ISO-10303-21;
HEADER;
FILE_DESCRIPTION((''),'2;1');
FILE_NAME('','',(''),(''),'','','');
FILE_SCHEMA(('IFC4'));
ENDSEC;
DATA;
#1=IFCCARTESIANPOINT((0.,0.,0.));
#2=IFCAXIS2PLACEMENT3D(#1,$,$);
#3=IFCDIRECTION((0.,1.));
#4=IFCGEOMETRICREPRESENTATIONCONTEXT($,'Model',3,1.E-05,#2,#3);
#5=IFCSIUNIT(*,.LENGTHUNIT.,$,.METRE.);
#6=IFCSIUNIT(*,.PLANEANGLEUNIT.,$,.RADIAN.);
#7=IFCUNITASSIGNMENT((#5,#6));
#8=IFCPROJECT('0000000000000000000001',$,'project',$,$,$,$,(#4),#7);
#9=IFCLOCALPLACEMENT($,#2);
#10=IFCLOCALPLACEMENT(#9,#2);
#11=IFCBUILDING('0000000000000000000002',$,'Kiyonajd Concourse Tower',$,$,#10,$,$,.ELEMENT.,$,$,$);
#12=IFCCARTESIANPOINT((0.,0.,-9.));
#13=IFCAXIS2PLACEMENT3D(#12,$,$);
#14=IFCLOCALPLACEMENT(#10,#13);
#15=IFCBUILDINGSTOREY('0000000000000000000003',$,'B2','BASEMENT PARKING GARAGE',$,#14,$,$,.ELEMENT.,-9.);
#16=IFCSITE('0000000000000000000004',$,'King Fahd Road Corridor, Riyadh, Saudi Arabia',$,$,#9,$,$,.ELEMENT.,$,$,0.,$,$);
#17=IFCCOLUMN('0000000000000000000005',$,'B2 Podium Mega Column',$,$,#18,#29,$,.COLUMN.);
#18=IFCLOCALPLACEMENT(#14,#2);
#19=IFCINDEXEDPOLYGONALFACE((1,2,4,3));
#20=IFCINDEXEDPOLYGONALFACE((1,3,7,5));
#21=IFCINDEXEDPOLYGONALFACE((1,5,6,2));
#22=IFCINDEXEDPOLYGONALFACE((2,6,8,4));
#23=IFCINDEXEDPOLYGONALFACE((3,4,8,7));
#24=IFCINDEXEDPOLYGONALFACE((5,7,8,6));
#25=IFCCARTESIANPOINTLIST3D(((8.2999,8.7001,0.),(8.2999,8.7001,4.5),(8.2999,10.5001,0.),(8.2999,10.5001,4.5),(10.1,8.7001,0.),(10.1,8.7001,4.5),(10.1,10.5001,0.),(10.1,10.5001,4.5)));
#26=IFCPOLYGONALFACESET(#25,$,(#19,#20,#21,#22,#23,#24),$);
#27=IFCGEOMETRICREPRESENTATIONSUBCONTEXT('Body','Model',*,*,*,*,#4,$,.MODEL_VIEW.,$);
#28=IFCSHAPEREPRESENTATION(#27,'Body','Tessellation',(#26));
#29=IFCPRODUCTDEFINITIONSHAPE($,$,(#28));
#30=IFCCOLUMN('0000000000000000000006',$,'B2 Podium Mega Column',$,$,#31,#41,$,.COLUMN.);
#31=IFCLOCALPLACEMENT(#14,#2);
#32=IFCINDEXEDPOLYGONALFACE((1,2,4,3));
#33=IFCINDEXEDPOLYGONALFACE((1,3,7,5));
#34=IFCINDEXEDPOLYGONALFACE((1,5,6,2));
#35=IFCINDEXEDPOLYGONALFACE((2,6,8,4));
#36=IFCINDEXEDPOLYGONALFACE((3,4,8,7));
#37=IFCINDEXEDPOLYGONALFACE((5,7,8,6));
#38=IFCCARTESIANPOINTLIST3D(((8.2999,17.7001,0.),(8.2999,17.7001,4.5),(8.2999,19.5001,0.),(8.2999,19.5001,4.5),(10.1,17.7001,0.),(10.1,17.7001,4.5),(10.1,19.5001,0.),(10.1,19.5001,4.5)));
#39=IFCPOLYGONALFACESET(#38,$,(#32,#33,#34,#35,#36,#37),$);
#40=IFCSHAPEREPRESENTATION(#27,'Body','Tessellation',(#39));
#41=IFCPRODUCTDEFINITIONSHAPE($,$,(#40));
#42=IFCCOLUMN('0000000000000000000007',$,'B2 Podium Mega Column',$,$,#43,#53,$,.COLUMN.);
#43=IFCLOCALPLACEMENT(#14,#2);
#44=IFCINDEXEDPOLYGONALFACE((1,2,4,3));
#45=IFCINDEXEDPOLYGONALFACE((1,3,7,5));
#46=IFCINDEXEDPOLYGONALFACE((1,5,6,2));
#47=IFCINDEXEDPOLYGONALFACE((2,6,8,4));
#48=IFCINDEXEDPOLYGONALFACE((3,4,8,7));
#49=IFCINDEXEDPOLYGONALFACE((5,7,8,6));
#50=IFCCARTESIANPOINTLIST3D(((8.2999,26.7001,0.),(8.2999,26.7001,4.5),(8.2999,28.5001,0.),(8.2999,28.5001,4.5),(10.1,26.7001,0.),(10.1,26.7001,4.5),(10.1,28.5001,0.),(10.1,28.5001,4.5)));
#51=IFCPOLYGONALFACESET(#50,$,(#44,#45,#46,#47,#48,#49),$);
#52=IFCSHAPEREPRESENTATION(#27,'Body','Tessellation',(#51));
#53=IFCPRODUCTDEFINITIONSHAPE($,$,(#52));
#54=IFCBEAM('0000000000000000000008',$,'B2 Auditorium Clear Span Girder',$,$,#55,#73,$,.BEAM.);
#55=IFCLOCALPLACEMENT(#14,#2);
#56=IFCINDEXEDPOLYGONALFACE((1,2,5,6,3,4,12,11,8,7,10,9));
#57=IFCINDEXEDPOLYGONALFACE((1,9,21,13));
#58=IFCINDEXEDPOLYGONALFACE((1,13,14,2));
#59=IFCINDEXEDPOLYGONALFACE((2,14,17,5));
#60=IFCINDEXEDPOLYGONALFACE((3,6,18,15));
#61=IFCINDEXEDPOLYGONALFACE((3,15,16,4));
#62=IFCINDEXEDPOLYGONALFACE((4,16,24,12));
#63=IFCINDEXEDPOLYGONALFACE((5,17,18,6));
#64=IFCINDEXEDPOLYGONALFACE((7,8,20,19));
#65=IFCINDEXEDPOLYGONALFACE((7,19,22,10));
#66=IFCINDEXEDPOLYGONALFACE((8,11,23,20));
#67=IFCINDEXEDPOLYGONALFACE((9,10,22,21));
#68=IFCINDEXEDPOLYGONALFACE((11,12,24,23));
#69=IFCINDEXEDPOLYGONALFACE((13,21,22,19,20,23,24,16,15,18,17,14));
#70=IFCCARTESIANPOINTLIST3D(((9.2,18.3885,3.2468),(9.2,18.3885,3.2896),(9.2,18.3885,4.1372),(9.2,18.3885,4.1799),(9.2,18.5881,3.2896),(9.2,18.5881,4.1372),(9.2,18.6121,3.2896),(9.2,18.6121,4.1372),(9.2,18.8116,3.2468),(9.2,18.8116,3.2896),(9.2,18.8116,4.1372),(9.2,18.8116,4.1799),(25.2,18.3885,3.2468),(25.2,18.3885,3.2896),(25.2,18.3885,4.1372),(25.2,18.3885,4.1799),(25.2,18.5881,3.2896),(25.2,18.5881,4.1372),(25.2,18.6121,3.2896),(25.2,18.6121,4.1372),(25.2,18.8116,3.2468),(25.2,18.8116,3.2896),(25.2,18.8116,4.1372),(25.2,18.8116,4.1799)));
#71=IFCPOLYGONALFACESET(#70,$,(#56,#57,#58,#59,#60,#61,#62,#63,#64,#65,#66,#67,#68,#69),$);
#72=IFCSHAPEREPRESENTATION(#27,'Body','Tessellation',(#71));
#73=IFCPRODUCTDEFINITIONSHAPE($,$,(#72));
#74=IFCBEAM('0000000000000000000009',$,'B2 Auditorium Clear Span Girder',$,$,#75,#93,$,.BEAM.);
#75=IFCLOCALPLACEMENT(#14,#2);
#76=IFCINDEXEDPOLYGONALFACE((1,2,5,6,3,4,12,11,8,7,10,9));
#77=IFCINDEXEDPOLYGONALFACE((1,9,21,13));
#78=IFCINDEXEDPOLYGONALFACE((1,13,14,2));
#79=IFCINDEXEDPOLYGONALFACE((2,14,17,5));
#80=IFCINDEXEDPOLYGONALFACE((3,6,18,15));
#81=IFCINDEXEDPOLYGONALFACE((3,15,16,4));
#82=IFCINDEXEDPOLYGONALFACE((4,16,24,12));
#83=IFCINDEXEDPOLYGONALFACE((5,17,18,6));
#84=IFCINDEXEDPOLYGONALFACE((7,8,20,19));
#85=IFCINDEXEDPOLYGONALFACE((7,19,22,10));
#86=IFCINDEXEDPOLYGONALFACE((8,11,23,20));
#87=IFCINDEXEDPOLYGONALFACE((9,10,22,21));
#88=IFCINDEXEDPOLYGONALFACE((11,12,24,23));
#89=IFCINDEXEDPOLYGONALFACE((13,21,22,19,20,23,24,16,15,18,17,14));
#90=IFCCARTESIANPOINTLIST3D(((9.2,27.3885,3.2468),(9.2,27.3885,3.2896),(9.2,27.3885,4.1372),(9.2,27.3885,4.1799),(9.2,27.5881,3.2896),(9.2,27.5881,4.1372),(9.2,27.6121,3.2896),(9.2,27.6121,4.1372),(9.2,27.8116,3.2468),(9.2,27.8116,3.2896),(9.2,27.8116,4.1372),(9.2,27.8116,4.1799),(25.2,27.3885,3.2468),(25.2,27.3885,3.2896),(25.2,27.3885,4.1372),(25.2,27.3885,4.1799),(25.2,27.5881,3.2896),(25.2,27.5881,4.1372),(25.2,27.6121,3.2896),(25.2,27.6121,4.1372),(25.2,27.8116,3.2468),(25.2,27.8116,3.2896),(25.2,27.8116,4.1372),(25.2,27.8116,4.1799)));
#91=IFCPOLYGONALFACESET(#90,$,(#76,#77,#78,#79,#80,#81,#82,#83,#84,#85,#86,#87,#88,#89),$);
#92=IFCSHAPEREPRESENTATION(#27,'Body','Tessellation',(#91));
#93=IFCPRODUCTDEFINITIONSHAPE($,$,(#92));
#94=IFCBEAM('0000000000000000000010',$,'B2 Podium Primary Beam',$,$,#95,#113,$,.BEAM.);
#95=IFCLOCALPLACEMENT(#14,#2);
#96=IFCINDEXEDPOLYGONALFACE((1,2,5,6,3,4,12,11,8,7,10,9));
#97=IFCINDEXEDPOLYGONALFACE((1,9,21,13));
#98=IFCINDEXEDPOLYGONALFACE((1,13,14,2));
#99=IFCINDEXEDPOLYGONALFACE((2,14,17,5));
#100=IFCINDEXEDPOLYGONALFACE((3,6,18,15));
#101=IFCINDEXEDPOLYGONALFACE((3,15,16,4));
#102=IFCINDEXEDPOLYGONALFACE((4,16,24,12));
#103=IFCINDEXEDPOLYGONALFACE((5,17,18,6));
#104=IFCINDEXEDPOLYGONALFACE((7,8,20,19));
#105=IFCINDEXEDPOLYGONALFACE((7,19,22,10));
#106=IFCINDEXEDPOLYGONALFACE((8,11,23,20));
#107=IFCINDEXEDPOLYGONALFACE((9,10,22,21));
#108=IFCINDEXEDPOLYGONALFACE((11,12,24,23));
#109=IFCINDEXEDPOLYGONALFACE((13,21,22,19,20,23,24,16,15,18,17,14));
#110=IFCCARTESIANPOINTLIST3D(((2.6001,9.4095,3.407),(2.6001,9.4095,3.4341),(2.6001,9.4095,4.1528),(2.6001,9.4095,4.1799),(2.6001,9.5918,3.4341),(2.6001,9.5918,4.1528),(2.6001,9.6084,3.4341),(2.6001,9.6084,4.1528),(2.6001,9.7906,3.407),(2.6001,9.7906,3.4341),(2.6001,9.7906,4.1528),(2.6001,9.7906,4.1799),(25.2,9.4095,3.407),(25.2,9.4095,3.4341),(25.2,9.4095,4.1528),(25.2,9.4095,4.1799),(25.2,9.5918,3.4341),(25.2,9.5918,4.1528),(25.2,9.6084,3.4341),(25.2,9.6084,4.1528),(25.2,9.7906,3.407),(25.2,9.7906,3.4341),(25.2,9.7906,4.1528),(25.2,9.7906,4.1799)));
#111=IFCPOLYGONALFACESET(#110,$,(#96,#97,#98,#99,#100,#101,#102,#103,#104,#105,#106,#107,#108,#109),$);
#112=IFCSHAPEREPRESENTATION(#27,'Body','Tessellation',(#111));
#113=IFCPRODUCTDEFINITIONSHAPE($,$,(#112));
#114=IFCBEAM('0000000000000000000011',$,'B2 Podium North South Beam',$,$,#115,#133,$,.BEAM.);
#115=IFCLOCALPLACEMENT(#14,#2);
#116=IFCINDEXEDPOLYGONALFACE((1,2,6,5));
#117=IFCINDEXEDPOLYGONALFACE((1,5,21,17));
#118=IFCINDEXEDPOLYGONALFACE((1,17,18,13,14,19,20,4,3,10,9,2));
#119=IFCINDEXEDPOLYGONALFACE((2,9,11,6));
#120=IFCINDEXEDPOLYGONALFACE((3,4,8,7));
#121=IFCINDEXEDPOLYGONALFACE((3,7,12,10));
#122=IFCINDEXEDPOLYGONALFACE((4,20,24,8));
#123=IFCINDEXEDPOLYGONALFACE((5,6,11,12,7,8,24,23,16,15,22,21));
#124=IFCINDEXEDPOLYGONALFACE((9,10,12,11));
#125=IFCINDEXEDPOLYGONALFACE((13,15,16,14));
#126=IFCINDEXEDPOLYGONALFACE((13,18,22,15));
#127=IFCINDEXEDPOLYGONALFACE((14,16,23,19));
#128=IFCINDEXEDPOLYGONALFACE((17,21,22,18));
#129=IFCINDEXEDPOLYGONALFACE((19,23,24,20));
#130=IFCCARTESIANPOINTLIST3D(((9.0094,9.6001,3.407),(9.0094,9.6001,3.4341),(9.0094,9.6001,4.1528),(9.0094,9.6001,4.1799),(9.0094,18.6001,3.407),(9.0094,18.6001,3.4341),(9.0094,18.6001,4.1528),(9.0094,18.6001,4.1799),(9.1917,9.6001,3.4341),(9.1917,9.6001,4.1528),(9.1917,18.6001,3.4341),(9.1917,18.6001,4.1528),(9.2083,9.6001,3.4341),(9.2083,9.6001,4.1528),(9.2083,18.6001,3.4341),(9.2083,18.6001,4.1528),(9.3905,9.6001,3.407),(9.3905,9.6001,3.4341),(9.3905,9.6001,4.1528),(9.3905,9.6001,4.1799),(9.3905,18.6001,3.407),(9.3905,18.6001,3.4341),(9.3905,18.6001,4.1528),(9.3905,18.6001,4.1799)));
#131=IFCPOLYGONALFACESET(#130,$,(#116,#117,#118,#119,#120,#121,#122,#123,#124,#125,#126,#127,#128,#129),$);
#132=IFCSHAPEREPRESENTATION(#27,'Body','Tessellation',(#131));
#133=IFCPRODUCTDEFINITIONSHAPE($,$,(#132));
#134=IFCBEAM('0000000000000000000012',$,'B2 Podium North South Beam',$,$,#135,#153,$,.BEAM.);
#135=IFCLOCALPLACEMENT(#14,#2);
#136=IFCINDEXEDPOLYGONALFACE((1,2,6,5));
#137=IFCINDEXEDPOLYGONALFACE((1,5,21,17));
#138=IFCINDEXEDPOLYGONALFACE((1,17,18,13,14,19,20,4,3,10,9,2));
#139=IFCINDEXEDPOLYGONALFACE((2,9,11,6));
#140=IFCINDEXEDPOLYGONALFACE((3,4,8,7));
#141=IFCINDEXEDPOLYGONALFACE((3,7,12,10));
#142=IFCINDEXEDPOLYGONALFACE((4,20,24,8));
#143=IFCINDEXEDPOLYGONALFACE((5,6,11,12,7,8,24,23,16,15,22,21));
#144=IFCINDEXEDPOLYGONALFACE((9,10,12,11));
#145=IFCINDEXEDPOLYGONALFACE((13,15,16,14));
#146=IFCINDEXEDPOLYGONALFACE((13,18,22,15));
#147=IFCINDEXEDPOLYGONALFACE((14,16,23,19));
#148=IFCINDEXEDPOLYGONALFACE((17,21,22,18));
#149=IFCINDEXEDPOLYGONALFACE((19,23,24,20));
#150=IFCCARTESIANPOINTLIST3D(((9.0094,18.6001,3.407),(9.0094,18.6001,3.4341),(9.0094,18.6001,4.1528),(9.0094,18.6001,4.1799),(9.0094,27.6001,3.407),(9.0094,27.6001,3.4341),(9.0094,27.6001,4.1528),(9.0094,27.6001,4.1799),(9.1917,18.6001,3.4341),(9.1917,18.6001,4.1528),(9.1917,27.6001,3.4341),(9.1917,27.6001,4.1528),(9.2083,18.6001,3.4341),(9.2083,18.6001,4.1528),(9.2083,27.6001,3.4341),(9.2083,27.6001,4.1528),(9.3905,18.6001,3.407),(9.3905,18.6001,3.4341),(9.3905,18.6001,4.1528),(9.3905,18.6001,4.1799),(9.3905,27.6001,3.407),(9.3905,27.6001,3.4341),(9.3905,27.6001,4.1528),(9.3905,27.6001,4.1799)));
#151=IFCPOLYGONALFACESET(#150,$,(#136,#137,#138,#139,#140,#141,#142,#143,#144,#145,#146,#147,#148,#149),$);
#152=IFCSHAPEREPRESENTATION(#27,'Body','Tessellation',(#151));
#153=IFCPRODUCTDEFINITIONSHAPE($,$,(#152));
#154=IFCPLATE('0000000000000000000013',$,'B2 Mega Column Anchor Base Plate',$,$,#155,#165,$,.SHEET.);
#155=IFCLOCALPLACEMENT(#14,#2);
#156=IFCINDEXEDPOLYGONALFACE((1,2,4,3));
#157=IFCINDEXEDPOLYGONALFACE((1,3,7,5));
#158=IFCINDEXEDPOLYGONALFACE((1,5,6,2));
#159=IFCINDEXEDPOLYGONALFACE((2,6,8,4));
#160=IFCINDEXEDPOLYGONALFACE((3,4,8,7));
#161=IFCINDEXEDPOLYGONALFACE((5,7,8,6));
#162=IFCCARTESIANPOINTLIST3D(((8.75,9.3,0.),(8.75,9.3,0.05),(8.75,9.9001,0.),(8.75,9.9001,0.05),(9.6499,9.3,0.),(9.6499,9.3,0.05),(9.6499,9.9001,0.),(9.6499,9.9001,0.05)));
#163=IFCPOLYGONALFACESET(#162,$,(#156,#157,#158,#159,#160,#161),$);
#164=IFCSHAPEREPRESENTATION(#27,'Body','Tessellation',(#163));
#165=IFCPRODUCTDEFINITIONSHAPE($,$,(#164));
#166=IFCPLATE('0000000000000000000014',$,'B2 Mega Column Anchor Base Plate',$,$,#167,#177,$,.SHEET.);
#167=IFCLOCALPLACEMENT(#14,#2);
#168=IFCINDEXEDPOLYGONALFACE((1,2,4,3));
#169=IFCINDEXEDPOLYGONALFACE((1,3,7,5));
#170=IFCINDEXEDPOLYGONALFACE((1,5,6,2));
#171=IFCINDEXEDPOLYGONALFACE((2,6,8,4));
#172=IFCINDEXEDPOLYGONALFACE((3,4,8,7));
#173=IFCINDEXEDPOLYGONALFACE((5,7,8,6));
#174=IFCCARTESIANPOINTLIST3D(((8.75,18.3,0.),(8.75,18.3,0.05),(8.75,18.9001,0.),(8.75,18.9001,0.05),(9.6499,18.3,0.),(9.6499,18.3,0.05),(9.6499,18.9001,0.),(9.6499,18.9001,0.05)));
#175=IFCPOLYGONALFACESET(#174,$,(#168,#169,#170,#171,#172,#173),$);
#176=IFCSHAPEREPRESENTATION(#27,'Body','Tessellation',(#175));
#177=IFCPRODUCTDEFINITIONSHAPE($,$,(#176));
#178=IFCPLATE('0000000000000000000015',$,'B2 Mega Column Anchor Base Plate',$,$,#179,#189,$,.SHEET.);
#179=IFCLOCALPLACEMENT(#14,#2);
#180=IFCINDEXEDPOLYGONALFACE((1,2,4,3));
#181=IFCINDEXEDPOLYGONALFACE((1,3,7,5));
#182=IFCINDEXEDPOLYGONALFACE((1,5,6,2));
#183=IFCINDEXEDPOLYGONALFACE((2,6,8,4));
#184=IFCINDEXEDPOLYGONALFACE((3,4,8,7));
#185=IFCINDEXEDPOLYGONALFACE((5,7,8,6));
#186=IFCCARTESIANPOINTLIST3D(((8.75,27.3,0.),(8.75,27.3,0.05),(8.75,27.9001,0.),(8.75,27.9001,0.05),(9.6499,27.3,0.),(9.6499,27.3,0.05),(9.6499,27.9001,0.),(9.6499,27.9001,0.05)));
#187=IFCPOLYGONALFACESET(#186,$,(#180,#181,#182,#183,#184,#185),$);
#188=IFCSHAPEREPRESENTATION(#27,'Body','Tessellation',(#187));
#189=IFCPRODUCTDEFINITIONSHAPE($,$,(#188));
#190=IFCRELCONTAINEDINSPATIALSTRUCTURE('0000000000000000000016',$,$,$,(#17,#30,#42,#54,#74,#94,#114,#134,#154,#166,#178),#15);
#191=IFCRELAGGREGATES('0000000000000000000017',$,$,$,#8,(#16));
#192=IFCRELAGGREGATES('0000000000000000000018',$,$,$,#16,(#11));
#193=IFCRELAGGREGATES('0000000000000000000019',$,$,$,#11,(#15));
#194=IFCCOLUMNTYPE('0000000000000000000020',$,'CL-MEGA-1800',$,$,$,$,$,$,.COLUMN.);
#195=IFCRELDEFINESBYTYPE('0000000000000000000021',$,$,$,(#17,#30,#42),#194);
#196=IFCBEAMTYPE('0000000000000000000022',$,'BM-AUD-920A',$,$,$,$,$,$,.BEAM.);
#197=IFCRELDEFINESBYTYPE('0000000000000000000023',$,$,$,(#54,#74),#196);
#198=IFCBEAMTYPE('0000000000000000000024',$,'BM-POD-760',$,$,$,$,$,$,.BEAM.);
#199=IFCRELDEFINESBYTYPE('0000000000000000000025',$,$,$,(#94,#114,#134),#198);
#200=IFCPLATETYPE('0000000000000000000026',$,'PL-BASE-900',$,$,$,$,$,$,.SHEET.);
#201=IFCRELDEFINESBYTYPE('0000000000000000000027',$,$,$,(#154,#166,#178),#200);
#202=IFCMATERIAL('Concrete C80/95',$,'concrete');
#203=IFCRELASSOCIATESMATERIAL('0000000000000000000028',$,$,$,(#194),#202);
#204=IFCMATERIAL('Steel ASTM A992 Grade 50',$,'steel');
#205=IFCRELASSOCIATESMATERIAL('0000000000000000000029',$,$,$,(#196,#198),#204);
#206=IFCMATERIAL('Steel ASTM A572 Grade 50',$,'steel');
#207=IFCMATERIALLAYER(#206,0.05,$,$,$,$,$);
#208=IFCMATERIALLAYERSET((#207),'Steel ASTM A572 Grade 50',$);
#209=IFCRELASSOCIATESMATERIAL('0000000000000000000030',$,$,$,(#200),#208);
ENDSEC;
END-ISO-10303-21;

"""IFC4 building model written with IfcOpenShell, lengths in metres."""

from ifc_helpers import new_model, si_unit, direction, frame, origin, origin_2d, place, context, subcontext, project, spatial, rectangle, i_section, extrude, material, layer, layer_set, material_profile, profile_set, type_object, element, save


model = new_model("IFC4")

# Units and contexts
model_context = context("Model", 3, precision=1e-05, world=origin(), true_north=direction((0.0, 1.0)))
body_context = subcontext(model_context, "Body", "Model", "MODEL_VIEW")
ifc_project = project(units=[si_unit("LENGTHUNIT", "METRE"), si_unit("PLANEANGLEUNIT", "RADIAN")], contexts=[model_context])

# Site, building, storey
site_placement = place(None, origin())
site = spatial("IfcSite", under=ifc_project, at=site_placement, Name="King Fahd Road Corridor, Riyadh, Saudi Arabia", CompositionType="ELEMENT", RefElevation=0.0)
building_placement = place(site_placement, origin())
building = spatial("IfcBuilding", under=site, at=building_placement, Name="Kiyonajd Concourse Tower", CompositionType="ELEMENT")
storey_placement = place(building_placement, frame((0.0, 0.0, -9.0)))
storey = spatial("IfcBuildingStorey", under=building, at=storey_placement, Name="B2", Description="BASEMENT PARKING GARAGE", CompositionType="ELEMENT", Elevation=-9.0)

# Columns
ifc_material_1 = material(Name="Concrete C80/95", Category="concrete")
ifc_material_profile_1 = material_profile(ifc_material_1, rectangle(XDim=1.8, YDim=1.8, at=origin_2d()), Name="RC-1800x1800")
ifc_profile_set_1 = profile_set([ifc_material_profile_1], Name="Concrete C80/95")
column_type = type_object("IfcColumnType", Name="CL-MEGA-1800", PredefinedType="COLUMN", material=ifc_profile_set_1)
for number, where, z_axis, x_axis, name in (
    (1, (9.2, 9.6001, 0.0), (0.0, 0.0, 1.0), (1.0, 0.0, 0.0), "B2 Podium Mega Column"),
    (2, (9.2, 18.6001, 0.0), (0.0, 0.0, 1.0), (1.0, 0.0, 0.0), "B2 Podium Mega Column"),
    (3, (9.2, 27.6001, 0.0), (0.0, 0.0, 1.0), (1.0, 0.0, 0.0), "B2 Podium Mega Column"),
):
    element("IfcColumn", number, at=place(storey_placement, frame(where, z_axis=z_axis, x_axis=x_axis)), inside=storey, type_object=column_type, Name=name, PredefinedType="COLUMN", context=body_context, shape_type="SweptSolid", body=[
        extrude(rectangle(XDim=1.8, YDim=1.8, at=origin_2d()), origin(), (0.0, 0.0, 1.0), 4.5),
    ])

# Beams
ifc_material_2 = material(Name="Steel ASTM A992 Grade 50", Category="steel")
ifc_material_profile_2 = material_profile(ifc_material_2, i_section(OverallWidth=0.4231, OverallDepth=0.9331, WebThickness=0.0239, FlangeThickness=0.0427, at=origin_2d()), Name="W920X446")
ifc_profile_set_2 = profile_set([ifc_material_profile_2], Name="Steel ASTM A992 Grade 50")
beam_type_1 = type_object("IfcBeamType", Name="BM-AUD-920A", PredefinedType="BEAM", material=ifc_profile_set_2)
for number, where, z_axis, x_axis, name in (
    (4, (9.2, 18.6001, 3.7134), (1.0, 0.0, 0.0), (0.0, 1.0, 0.0), "B2 Auditorium Clear Span Girder"),
    (5, (9.2, 27.6001, 3.7134), (1.0, 0.0, 0.0), (0.0, 1.0, 0.0), "B2 Auditorium Clear Span Girder"),
):
    element("IfcBeam", number, at=place(storey_placement, frame(where, z_axis=z_axis, x_axis=x_axis)), inside=storey, type_object=beam_type_1, Name=name, PredefinedType="BEAM", context=body_context, shape_type="SweptSolid", body=[
        extrude(i_section(OverallWidth=0.4231, OverallDepth=0.9331, WebThickness=0.0239, FlangeThickness=0.0427, at=origin_2d()), origin(), (0.0, 0.0, 1.0), 16.0),
    ])
ifc_material_profile_3 = material_profile(ifc_material_2, i_section(OverallWidth=0.3811, OverallDepth=0.7729, WebThickness=0.0166, FlangeThickness=0.0271, at=origin_2d()), Name="W760X257")
ifc_profile_set_3 = profile_set([ifc_material_profile_3], Name="Steel ASTM A992 Grade 50")
beam_type_2 = type_object("IfcBeamType", Name="BM-POD-760", PredefinedType="BEAM", material=ifc_profile_set_3)
beam_placement = place(storey_placement, frame((2.6001, 9.6001, 3.7935), z_axis=(1.0, 0.0, 0.0), x_axis=(0.0, 1.0, 0.0)))
element("IfcBeam", 6, at=beam_placement, inside=storey, type_object=beam_type_2, Name="B2 Podium Primary Beam", PredefinedType="BEAM", context=body_context, shape_type="SweptSolid", body=[
    extrude(i_section(OverallWidth=0.3811, OverallDepth=0.7729, WebThickness=0.0166, FlangeThickness=0.0271, at=origin_2d()), origin(), (0.0, 0.0, 1.0), 22.5999),
])
for number, where, z_axis, x_axis, name in (
    (7, (9.2, 9.6001, 3.7935), (0.0, 1.0, 0.0), (-1.0, 0.0, 0.0), "B2 Podium North South Beam"),
    (8, (9.2, 18.6001, 3.7935), (0.0, 1.0, 0.0), (-1.0, 0.0, 0.0), "B2 Podium North South Beam"),
):
    element("IfcBeam", number, at=place(storey_placement, frame(where, z_axis=z_axis, x_axis=x_axis)), inside=storey, type_object=beam_type_2, Name=name, PredefinedType="BEAM", context=body_context, shape_type="SweptSolid", body=[
        extrude(i_section(OverallWidth=0.3811, OverallDepth=0.7729, WebThickness=0.0166, FlangeThickness=0.0271, at=origin_2d()), origin(), (0.0, 0.0, 1.0), 9.0),
    ])

# Plates
ifc_material_3 = material(Name="Steel ASTM A572 Grade 50", Category="steel")
ifc_layer = layer(ifc_material_3, 0.05)
ifc_layer_set = layer_set([ifc_layer], Name="Steel ASTM A572 Grade 50")
plate_type = type_object("IfcPlateType", Name="PL-BASE-900", PredefinedType="SHEET", material=ifc_layer_set)
for number, where, z_axis, x_axis, name in (
    (9, (9.2, 9.6001, 0.0), (0.0, 0.0, 1.0), (1.0, 0.0, 0.0), "B2 Mega Column Anchor Base Plate"),
    (10, (9.2, 18.6001, 0.0), (0.0, 0.0, 1.0), (1.0, 0.0, 0.0), "B2 Mega Column Anchor Base Plate"),
    (11, (9.2, 27.6001, 0.0), (0.0, 0.0, 1.0), (1.0, 0.0, 0.0), "B2 Mega Column Anchor Base Plate"),
):
    element("IfcPlate", number, at=place(storey_placement, frame(where, z_axis=z_axis, x_axis=x_axis)), inside=storey, type_object=plate_type, Name=name, PredefinedType="SHEET", context=body_context, shape_type="SweptSolid", body=[
        extrude(rectangle(XDim=0.8999, YDim=0.6001, at=origin_2d()), origin(), (0.0, 0.0, 1.0), 0.05),
    ])

save(model, "model.ifc")
